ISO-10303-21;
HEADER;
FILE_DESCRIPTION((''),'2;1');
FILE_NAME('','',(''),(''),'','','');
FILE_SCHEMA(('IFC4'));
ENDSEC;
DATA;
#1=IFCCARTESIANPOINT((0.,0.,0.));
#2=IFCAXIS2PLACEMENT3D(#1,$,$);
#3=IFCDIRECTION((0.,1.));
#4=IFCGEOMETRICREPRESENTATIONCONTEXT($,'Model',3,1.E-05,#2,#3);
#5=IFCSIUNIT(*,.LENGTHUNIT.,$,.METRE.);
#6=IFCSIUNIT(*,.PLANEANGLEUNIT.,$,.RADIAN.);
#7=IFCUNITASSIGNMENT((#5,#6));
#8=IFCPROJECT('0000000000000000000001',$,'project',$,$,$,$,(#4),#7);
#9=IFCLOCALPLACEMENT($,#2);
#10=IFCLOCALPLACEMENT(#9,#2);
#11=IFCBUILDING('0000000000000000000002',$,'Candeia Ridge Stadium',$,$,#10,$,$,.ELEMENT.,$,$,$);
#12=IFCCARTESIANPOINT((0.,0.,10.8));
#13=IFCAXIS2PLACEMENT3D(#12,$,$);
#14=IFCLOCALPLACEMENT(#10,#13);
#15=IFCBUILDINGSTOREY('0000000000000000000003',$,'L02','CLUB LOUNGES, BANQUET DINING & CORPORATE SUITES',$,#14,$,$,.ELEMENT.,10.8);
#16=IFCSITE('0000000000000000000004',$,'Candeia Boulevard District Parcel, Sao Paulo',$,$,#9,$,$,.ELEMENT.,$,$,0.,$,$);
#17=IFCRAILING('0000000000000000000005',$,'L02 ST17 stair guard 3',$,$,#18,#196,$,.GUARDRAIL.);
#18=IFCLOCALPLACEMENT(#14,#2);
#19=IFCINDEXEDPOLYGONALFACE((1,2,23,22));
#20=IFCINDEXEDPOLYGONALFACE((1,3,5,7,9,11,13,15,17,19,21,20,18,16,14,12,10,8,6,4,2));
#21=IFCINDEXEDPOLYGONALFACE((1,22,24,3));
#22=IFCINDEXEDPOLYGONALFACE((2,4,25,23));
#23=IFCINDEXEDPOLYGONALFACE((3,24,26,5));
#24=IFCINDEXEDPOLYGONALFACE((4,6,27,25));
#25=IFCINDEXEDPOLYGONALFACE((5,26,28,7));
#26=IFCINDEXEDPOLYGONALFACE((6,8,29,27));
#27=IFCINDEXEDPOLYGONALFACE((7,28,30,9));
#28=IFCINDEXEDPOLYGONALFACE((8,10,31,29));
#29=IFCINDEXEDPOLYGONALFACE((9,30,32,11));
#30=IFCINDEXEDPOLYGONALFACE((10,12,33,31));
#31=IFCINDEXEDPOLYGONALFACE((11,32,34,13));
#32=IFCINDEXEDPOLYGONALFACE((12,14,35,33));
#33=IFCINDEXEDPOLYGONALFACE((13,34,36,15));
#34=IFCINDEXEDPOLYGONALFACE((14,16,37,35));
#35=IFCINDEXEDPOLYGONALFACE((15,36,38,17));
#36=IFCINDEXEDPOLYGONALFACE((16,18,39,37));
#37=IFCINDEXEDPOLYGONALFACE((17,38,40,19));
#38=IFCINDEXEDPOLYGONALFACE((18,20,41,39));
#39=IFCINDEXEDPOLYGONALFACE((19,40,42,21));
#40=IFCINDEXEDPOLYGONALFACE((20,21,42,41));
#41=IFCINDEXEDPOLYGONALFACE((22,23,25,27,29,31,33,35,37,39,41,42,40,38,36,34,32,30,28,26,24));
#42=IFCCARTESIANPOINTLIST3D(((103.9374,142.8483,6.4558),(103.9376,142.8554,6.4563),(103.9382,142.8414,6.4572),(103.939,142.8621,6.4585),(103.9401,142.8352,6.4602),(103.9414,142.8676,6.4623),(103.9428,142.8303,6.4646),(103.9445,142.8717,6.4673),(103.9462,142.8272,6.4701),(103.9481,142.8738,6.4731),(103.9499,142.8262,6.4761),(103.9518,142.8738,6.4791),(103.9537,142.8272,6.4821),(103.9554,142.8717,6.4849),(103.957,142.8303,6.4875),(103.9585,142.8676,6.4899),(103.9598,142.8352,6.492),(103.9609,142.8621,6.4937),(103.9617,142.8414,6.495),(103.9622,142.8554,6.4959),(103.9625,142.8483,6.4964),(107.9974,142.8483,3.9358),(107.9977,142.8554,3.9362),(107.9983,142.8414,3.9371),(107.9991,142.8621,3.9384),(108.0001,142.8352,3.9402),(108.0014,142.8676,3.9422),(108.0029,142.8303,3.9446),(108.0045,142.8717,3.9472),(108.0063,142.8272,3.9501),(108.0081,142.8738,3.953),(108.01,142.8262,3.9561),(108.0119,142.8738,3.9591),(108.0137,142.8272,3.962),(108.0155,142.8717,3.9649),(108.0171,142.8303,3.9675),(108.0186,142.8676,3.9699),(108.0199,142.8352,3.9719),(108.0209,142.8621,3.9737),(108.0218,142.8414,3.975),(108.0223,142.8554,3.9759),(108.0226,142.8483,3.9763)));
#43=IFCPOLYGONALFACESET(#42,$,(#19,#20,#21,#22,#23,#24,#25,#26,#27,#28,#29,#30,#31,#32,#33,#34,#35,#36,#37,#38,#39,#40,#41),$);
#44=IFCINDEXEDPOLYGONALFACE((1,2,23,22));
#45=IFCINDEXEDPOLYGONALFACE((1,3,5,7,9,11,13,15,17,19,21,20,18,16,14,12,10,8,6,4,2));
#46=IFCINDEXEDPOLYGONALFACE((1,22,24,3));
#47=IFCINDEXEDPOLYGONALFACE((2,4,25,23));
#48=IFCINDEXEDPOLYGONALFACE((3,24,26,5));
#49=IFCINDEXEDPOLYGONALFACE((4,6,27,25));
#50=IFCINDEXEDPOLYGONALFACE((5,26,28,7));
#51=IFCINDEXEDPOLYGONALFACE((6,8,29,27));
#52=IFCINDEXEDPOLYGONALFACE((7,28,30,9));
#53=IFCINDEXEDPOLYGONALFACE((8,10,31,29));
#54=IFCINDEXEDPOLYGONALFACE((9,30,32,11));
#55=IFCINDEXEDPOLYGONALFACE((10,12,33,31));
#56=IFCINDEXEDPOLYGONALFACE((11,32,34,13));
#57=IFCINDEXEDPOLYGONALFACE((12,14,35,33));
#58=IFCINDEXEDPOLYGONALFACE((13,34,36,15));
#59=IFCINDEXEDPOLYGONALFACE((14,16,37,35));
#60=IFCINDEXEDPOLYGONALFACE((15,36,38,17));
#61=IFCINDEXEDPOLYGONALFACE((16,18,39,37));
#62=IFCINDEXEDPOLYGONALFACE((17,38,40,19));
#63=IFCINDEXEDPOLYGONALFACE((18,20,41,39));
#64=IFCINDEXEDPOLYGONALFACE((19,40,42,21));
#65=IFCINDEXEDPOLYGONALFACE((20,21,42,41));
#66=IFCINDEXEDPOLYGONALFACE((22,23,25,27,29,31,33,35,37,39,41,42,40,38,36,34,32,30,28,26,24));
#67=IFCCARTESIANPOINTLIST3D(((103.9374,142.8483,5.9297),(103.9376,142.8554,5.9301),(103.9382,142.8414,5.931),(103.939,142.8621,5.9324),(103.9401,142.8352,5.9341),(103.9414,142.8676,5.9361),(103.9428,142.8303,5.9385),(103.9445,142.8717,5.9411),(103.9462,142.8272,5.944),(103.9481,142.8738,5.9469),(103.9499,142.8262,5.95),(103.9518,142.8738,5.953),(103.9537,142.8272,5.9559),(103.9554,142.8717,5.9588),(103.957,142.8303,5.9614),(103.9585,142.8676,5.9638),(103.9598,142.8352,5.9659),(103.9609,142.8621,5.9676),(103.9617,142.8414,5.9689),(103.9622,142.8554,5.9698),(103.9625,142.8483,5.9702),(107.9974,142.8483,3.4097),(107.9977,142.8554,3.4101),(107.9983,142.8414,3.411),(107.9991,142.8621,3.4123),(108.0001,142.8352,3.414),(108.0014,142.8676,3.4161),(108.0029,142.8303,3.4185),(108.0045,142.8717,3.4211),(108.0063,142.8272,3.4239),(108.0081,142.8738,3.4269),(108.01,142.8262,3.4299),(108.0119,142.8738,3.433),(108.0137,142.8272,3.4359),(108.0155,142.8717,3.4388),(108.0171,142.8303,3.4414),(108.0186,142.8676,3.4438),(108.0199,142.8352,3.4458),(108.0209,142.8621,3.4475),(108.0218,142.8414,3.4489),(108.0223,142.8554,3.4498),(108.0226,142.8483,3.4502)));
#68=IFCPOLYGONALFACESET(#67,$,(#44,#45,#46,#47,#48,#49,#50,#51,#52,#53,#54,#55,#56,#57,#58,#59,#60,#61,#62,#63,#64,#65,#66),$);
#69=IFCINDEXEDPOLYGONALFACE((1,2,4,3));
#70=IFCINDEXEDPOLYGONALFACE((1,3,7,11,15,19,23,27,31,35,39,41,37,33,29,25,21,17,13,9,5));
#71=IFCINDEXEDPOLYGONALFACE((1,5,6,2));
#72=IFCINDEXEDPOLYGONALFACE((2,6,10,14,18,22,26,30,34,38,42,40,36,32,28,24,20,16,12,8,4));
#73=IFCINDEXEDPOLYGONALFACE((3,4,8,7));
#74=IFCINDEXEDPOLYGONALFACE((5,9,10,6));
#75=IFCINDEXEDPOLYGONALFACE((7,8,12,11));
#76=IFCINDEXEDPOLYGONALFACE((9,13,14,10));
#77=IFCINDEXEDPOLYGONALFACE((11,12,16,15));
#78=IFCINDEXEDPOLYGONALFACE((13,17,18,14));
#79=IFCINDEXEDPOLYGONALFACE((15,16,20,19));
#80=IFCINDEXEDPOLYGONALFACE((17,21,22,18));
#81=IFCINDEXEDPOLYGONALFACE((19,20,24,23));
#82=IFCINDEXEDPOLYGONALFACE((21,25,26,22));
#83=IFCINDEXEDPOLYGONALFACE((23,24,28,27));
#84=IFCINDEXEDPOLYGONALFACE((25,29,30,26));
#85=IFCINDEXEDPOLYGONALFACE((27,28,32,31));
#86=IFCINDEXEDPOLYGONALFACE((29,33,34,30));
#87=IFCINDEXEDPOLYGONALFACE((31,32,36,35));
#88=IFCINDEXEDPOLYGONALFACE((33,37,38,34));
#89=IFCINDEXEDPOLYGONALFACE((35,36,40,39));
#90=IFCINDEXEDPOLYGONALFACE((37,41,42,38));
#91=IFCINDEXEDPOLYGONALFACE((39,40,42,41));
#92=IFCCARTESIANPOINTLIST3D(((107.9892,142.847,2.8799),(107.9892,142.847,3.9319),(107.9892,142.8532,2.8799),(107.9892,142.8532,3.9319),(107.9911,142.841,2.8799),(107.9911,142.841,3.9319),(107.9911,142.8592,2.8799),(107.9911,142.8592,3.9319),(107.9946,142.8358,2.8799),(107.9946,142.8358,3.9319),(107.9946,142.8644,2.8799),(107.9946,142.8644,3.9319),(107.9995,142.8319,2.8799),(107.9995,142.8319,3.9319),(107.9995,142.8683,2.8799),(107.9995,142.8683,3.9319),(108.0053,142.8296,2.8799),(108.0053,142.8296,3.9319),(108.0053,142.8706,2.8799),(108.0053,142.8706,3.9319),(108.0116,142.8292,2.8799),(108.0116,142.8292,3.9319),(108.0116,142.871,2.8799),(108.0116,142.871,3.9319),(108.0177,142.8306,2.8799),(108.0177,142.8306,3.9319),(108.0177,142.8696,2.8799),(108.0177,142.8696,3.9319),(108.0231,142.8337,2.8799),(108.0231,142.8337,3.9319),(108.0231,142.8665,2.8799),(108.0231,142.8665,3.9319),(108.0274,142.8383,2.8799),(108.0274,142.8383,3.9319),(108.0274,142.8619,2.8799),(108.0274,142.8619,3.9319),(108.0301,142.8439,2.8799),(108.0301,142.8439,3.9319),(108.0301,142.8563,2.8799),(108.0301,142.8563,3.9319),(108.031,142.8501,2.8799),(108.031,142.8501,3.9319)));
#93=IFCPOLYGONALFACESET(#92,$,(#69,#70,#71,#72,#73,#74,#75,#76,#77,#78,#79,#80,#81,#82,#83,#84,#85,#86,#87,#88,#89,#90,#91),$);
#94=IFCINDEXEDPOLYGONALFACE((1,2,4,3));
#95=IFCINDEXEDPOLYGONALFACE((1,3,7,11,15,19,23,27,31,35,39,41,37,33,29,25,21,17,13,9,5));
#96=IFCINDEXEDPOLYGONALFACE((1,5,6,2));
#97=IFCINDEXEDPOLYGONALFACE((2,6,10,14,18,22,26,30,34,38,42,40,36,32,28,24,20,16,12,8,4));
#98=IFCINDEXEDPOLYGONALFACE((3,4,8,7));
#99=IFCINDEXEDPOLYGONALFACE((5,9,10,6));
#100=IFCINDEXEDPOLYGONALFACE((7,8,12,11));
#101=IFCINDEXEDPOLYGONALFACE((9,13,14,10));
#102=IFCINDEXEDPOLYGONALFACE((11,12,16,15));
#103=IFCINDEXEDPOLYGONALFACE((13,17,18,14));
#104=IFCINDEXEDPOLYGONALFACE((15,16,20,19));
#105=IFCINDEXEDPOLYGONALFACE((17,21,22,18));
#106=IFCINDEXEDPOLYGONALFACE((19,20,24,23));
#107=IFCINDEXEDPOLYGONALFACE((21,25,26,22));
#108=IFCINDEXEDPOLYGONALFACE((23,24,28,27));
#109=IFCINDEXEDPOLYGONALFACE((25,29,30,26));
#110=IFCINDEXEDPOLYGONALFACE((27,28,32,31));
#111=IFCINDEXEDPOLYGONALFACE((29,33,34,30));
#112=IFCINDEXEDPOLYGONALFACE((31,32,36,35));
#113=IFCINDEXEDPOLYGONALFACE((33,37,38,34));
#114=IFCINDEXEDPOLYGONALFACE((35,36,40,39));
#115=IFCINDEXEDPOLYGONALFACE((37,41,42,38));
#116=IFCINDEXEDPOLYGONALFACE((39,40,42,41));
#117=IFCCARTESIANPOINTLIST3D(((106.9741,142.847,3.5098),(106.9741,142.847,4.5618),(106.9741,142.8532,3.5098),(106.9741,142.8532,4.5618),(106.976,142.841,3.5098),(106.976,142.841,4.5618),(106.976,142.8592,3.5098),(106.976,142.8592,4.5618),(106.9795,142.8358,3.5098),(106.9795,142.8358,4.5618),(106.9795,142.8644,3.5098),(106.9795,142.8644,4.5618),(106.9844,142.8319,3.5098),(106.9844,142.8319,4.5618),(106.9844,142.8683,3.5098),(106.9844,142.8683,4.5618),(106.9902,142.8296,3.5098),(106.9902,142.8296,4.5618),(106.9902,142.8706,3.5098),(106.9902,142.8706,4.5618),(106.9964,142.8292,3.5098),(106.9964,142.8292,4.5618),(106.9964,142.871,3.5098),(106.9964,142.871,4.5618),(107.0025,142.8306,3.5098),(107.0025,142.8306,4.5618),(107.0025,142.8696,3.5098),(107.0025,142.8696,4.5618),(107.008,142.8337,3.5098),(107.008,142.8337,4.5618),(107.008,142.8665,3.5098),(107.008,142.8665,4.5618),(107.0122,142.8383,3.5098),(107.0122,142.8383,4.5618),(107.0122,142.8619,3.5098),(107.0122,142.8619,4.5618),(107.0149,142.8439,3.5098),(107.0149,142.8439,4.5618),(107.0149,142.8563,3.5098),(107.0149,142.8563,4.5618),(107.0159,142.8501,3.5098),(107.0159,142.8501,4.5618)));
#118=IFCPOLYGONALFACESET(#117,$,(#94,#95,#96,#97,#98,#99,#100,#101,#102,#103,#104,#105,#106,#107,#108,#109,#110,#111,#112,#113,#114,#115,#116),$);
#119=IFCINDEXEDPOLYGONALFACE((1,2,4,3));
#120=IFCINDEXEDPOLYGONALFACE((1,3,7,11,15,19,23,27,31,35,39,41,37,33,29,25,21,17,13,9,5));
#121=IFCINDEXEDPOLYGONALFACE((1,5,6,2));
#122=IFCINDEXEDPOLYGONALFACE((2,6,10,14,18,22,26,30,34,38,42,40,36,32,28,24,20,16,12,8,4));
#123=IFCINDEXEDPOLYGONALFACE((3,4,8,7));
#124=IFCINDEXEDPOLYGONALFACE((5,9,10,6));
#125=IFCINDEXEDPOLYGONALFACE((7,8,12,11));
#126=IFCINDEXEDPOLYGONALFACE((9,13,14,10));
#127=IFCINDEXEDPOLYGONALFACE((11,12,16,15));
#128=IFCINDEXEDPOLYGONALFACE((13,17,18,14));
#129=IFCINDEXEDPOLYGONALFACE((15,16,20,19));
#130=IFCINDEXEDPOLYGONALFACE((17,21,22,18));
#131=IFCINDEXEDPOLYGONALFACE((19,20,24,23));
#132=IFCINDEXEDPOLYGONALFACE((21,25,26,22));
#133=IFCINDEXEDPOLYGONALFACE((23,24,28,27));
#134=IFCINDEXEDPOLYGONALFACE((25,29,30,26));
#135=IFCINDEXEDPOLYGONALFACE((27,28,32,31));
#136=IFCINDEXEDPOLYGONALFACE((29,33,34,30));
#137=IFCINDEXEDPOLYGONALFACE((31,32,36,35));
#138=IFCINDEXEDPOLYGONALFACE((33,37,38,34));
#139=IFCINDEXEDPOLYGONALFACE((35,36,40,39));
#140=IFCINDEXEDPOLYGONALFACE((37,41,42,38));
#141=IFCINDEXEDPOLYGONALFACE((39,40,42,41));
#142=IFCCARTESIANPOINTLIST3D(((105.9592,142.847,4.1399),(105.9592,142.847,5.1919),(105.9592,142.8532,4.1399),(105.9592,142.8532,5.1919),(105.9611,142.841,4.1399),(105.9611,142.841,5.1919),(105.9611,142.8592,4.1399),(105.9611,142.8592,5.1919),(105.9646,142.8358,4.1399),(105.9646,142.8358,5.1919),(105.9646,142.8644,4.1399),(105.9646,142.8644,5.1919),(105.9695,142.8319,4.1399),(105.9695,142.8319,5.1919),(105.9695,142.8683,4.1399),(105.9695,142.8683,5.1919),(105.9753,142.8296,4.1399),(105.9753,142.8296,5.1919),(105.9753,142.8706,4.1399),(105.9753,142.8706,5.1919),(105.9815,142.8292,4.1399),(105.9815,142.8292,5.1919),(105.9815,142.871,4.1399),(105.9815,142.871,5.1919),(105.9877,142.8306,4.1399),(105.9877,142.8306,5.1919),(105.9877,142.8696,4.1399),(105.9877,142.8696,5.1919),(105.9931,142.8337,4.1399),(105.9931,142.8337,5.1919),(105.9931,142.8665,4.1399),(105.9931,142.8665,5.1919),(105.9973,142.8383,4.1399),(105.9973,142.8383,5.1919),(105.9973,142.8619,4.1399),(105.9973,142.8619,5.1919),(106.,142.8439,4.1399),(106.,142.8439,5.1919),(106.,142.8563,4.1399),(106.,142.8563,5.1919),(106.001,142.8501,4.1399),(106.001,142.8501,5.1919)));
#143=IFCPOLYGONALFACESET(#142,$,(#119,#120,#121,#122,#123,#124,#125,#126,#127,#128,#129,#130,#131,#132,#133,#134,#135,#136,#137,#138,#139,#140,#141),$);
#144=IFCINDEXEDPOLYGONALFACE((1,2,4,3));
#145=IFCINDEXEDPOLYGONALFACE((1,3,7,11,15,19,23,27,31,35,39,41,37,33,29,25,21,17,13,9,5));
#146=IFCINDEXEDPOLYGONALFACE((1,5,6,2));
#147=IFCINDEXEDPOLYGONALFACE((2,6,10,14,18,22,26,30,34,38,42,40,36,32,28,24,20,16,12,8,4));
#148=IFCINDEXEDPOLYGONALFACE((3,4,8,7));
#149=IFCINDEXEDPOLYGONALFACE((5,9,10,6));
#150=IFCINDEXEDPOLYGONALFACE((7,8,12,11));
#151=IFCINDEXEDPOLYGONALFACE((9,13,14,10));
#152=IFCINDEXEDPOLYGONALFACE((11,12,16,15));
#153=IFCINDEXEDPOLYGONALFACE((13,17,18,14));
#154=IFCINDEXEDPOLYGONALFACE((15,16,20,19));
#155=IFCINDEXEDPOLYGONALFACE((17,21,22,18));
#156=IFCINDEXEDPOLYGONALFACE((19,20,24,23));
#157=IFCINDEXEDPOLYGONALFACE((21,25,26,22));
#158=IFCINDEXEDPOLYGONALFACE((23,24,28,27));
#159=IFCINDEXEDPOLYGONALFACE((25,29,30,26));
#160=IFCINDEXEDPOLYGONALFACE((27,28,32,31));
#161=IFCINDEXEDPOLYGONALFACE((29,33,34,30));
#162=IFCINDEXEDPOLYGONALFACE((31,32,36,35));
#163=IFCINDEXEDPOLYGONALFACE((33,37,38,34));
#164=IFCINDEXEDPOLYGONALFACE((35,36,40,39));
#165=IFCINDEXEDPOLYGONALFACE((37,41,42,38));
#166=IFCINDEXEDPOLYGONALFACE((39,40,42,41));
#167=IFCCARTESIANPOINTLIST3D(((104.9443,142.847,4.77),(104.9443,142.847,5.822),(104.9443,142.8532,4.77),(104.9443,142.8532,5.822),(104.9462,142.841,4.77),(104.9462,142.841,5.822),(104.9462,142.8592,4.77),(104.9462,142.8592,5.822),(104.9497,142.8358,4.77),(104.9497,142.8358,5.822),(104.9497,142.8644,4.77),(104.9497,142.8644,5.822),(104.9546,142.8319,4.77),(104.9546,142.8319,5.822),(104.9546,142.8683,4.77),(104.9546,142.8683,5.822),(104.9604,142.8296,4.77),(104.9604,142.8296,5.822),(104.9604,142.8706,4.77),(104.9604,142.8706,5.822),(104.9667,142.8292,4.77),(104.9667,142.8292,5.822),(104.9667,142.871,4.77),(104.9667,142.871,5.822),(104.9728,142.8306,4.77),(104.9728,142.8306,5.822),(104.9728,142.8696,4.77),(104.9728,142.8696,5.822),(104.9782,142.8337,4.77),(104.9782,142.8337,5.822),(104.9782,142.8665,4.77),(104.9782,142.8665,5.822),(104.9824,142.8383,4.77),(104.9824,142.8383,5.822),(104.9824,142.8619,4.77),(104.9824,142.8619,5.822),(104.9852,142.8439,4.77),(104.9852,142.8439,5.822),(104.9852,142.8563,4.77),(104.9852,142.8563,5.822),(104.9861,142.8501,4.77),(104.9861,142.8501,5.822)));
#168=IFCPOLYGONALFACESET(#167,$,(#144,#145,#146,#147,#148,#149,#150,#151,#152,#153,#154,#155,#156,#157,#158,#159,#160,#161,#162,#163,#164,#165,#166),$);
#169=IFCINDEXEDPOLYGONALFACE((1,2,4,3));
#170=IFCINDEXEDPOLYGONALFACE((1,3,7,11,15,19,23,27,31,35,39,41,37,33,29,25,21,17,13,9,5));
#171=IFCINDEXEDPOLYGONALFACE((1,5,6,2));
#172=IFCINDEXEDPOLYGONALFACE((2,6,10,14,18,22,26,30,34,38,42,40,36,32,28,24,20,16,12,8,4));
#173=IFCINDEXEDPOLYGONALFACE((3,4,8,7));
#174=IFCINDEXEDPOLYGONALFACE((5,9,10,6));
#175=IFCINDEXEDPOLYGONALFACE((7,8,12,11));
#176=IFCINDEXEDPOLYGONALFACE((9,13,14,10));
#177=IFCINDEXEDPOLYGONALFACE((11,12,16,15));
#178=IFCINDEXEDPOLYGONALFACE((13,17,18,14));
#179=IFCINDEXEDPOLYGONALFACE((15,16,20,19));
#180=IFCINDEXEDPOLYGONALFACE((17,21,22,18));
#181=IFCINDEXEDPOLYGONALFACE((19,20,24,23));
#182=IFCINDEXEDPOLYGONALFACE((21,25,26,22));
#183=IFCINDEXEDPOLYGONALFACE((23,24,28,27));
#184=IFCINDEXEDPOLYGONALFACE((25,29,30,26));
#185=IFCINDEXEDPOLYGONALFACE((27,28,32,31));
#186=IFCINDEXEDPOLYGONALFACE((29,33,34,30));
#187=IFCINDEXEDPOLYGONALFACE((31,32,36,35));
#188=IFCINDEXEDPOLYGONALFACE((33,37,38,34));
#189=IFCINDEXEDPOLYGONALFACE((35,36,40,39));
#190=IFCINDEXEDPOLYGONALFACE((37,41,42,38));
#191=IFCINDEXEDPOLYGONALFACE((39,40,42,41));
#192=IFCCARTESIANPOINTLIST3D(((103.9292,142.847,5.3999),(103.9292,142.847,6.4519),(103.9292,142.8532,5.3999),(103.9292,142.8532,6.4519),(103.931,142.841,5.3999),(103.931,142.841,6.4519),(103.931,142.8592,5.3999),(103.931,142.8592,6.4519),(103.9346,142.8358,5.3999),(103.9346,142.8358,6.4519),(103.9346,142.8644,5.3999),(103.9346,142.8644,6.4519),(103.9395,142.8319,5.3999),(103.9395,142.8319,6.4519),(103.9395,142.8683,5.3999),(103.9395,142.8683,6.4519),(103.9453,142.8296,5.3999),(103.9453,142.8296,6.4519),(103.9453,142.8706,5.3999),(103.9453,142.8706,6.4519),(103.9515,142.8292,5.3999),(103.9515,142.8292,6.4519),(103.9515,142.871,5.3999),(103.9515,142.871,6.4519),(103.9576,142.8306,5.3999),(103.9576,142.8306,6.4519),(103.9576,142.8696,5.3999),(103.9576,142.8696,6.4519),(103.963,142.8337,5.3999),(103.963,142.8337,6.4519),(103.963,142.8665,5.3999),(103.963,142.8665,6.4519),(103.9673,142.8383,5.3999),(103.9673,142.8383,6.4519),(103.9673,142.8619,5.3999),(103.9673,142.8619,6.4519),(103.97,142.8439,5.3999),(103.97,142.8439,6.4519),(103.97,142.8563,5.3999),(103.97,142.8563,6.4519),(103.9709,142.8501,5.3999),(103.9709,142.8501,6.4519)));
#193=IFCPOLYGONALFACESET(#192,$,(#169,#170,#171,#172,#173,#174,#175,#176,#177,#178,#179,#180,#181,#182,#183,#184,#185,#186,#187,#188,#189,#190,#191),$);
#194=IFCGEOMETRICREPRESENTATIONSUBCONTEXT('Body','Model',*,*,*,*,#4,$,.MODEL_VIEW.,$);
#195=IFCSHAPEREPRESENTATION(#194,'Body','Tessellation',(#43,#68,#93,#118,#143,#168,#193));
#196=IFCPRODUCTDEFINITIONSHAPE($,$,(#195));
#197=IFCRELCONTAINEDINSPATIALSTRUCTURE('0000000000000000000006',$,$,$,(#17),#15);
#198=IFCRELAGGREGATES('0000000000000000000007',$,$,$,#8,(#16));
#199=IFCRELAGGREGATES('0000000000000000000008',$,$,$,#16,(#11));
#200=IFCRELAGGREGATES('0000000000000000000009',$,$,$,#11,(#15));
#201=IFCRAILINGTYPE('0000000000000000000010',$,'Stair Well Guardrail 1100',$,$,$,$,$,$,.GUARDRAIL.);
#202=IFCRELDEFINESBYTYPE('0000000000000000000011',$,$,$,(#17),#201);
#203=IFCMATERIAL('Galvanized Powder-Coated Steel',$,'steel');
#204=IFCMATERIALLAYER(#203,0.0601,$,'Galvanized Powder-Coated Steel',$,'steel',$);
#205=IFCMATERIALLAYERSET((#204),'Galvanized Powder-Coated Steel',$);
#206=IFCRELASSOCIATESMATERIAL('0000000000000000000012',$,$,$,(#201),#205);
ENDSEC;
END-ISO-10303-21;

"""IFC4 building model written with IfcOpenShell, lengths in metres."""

from ifc_helpers import new_model, si_unit, direction, frame, origin, origin_2d, place, context, subcontext, project, spatial, circle, extrude, material, layer, layer_set, type_object, element, save


model = new_model("IFC4")

# Units and contexts
model_context = context("Model", 3, precision=1e-05, world=origin(), true_north=direction((0.0, 1.0)))
body_context = subcontext(model_context, "Body", "Model", "MODEL_VIEW")
ifc_project = project(units=[si_unit("LENGTHUNIT", "METRE"), si_unit("PLANEANGLEUNIT", "RADIAN")], contexts=[model_context])

# Site, building, storey
site_placement = place(None, origin())
site = spatial("IfcSite", under=ifc_project, at=site_placement, Name="Candeia Boulevard District Parcel, Sao Paulo", CompositionType="ELEMENT", RefElevation=0.0)
building_placement = place(site_placement, origin())
building = spatial("IfcBuilding", under=site, at=building_placement, Name="Candeia Ridge Stadium", CompositionType="ELEMENT")
storey_placement = place(building_placement, frame((0.0, 0.0, 10.8)))
storey = spatial("IfcBuildingStorey", under=building, at=storey_placement, Name="L02", Description="CLUB LOUNGES, BANQUET DINING & CORPORATE SUITES", CompositionType="ELEMENT", Elevation=10.8)

# Railing
ifc_material_1 = material(Name="Galvanized Powder-Coated Steel", Category="steel")
ifc_layer_1 = layer(ifc_material_1, 0.0601, Name="Galvanized Powder-Coated Steel", Category="steel")
ifc_layer_set_1 = layer_set([ifc_layer_1], Name="Galvanized Powder-Coated Steel")
railing_type_1 = type_object("IfcRailingType", Name="Stair Well Guardrail 1100", PredefinedType="GUARDRAIL", material=ifc_layer_set_1)
railing_1_placement = place(storey_placement, frame((108.01, 142.8501, 2.8799)))
element("IfcRailing", 1, at=railing_1_placement, inside=storey, type_object=railing_type_1, Name="L02 ST17 stair guard 3", PredefinedType="GUARDRAIL", context=body_context, shape_type="SweptSolid", body=[
    extrude(circle(Radius=0.0239, at=origin_2d()), frame((0.0, 0.0, 1.0762), z_axis=(-0.849642, 0.0, 0.52736), x_axis=(0.0, -1.0, 0.0)), (0.0, 0.0, 1.0), 4.7786),
    extrude(circle(Radius=0.0239, at=origin_2d()), frame((0.0, 0.0, 0.55), z_axis=(-0.849642, 0.0, 0.52736), x_axis=(0.0, -1.0, 0.0)), (0.0, 0.0, 1.0), 4.7786),
    extrude(circle(Radius=0.021, at=origin_2d()), origin(), (0.0, 0.0, 1.0), 1.052),
    extrude(circle(Radius=0.021, at=origin_2d()), frame((-1.0151, 0.0, 0.6299)), (0.0, 0.0, 1.0), 1.052),
    extrude(circle(Radius=0.021, at=origin_2d()), frame((-2.03, 0.0, 1.26)), (0.0, 0.0, 1.0), 1.052),
    extrude(circle(Radius=0.021, at=origin_2d()), frame((-3.0449, 0.0, 1.8901)), (0.0, 0.0, 1.0), 1.052),
    extrude(circle(Radius=0.021, at=origin_2d()), frame((-4.0601, 0.0, 2.52)), (0.0, 0.0, 1.0), 1.052),
])

save(model, "model.ifc")
